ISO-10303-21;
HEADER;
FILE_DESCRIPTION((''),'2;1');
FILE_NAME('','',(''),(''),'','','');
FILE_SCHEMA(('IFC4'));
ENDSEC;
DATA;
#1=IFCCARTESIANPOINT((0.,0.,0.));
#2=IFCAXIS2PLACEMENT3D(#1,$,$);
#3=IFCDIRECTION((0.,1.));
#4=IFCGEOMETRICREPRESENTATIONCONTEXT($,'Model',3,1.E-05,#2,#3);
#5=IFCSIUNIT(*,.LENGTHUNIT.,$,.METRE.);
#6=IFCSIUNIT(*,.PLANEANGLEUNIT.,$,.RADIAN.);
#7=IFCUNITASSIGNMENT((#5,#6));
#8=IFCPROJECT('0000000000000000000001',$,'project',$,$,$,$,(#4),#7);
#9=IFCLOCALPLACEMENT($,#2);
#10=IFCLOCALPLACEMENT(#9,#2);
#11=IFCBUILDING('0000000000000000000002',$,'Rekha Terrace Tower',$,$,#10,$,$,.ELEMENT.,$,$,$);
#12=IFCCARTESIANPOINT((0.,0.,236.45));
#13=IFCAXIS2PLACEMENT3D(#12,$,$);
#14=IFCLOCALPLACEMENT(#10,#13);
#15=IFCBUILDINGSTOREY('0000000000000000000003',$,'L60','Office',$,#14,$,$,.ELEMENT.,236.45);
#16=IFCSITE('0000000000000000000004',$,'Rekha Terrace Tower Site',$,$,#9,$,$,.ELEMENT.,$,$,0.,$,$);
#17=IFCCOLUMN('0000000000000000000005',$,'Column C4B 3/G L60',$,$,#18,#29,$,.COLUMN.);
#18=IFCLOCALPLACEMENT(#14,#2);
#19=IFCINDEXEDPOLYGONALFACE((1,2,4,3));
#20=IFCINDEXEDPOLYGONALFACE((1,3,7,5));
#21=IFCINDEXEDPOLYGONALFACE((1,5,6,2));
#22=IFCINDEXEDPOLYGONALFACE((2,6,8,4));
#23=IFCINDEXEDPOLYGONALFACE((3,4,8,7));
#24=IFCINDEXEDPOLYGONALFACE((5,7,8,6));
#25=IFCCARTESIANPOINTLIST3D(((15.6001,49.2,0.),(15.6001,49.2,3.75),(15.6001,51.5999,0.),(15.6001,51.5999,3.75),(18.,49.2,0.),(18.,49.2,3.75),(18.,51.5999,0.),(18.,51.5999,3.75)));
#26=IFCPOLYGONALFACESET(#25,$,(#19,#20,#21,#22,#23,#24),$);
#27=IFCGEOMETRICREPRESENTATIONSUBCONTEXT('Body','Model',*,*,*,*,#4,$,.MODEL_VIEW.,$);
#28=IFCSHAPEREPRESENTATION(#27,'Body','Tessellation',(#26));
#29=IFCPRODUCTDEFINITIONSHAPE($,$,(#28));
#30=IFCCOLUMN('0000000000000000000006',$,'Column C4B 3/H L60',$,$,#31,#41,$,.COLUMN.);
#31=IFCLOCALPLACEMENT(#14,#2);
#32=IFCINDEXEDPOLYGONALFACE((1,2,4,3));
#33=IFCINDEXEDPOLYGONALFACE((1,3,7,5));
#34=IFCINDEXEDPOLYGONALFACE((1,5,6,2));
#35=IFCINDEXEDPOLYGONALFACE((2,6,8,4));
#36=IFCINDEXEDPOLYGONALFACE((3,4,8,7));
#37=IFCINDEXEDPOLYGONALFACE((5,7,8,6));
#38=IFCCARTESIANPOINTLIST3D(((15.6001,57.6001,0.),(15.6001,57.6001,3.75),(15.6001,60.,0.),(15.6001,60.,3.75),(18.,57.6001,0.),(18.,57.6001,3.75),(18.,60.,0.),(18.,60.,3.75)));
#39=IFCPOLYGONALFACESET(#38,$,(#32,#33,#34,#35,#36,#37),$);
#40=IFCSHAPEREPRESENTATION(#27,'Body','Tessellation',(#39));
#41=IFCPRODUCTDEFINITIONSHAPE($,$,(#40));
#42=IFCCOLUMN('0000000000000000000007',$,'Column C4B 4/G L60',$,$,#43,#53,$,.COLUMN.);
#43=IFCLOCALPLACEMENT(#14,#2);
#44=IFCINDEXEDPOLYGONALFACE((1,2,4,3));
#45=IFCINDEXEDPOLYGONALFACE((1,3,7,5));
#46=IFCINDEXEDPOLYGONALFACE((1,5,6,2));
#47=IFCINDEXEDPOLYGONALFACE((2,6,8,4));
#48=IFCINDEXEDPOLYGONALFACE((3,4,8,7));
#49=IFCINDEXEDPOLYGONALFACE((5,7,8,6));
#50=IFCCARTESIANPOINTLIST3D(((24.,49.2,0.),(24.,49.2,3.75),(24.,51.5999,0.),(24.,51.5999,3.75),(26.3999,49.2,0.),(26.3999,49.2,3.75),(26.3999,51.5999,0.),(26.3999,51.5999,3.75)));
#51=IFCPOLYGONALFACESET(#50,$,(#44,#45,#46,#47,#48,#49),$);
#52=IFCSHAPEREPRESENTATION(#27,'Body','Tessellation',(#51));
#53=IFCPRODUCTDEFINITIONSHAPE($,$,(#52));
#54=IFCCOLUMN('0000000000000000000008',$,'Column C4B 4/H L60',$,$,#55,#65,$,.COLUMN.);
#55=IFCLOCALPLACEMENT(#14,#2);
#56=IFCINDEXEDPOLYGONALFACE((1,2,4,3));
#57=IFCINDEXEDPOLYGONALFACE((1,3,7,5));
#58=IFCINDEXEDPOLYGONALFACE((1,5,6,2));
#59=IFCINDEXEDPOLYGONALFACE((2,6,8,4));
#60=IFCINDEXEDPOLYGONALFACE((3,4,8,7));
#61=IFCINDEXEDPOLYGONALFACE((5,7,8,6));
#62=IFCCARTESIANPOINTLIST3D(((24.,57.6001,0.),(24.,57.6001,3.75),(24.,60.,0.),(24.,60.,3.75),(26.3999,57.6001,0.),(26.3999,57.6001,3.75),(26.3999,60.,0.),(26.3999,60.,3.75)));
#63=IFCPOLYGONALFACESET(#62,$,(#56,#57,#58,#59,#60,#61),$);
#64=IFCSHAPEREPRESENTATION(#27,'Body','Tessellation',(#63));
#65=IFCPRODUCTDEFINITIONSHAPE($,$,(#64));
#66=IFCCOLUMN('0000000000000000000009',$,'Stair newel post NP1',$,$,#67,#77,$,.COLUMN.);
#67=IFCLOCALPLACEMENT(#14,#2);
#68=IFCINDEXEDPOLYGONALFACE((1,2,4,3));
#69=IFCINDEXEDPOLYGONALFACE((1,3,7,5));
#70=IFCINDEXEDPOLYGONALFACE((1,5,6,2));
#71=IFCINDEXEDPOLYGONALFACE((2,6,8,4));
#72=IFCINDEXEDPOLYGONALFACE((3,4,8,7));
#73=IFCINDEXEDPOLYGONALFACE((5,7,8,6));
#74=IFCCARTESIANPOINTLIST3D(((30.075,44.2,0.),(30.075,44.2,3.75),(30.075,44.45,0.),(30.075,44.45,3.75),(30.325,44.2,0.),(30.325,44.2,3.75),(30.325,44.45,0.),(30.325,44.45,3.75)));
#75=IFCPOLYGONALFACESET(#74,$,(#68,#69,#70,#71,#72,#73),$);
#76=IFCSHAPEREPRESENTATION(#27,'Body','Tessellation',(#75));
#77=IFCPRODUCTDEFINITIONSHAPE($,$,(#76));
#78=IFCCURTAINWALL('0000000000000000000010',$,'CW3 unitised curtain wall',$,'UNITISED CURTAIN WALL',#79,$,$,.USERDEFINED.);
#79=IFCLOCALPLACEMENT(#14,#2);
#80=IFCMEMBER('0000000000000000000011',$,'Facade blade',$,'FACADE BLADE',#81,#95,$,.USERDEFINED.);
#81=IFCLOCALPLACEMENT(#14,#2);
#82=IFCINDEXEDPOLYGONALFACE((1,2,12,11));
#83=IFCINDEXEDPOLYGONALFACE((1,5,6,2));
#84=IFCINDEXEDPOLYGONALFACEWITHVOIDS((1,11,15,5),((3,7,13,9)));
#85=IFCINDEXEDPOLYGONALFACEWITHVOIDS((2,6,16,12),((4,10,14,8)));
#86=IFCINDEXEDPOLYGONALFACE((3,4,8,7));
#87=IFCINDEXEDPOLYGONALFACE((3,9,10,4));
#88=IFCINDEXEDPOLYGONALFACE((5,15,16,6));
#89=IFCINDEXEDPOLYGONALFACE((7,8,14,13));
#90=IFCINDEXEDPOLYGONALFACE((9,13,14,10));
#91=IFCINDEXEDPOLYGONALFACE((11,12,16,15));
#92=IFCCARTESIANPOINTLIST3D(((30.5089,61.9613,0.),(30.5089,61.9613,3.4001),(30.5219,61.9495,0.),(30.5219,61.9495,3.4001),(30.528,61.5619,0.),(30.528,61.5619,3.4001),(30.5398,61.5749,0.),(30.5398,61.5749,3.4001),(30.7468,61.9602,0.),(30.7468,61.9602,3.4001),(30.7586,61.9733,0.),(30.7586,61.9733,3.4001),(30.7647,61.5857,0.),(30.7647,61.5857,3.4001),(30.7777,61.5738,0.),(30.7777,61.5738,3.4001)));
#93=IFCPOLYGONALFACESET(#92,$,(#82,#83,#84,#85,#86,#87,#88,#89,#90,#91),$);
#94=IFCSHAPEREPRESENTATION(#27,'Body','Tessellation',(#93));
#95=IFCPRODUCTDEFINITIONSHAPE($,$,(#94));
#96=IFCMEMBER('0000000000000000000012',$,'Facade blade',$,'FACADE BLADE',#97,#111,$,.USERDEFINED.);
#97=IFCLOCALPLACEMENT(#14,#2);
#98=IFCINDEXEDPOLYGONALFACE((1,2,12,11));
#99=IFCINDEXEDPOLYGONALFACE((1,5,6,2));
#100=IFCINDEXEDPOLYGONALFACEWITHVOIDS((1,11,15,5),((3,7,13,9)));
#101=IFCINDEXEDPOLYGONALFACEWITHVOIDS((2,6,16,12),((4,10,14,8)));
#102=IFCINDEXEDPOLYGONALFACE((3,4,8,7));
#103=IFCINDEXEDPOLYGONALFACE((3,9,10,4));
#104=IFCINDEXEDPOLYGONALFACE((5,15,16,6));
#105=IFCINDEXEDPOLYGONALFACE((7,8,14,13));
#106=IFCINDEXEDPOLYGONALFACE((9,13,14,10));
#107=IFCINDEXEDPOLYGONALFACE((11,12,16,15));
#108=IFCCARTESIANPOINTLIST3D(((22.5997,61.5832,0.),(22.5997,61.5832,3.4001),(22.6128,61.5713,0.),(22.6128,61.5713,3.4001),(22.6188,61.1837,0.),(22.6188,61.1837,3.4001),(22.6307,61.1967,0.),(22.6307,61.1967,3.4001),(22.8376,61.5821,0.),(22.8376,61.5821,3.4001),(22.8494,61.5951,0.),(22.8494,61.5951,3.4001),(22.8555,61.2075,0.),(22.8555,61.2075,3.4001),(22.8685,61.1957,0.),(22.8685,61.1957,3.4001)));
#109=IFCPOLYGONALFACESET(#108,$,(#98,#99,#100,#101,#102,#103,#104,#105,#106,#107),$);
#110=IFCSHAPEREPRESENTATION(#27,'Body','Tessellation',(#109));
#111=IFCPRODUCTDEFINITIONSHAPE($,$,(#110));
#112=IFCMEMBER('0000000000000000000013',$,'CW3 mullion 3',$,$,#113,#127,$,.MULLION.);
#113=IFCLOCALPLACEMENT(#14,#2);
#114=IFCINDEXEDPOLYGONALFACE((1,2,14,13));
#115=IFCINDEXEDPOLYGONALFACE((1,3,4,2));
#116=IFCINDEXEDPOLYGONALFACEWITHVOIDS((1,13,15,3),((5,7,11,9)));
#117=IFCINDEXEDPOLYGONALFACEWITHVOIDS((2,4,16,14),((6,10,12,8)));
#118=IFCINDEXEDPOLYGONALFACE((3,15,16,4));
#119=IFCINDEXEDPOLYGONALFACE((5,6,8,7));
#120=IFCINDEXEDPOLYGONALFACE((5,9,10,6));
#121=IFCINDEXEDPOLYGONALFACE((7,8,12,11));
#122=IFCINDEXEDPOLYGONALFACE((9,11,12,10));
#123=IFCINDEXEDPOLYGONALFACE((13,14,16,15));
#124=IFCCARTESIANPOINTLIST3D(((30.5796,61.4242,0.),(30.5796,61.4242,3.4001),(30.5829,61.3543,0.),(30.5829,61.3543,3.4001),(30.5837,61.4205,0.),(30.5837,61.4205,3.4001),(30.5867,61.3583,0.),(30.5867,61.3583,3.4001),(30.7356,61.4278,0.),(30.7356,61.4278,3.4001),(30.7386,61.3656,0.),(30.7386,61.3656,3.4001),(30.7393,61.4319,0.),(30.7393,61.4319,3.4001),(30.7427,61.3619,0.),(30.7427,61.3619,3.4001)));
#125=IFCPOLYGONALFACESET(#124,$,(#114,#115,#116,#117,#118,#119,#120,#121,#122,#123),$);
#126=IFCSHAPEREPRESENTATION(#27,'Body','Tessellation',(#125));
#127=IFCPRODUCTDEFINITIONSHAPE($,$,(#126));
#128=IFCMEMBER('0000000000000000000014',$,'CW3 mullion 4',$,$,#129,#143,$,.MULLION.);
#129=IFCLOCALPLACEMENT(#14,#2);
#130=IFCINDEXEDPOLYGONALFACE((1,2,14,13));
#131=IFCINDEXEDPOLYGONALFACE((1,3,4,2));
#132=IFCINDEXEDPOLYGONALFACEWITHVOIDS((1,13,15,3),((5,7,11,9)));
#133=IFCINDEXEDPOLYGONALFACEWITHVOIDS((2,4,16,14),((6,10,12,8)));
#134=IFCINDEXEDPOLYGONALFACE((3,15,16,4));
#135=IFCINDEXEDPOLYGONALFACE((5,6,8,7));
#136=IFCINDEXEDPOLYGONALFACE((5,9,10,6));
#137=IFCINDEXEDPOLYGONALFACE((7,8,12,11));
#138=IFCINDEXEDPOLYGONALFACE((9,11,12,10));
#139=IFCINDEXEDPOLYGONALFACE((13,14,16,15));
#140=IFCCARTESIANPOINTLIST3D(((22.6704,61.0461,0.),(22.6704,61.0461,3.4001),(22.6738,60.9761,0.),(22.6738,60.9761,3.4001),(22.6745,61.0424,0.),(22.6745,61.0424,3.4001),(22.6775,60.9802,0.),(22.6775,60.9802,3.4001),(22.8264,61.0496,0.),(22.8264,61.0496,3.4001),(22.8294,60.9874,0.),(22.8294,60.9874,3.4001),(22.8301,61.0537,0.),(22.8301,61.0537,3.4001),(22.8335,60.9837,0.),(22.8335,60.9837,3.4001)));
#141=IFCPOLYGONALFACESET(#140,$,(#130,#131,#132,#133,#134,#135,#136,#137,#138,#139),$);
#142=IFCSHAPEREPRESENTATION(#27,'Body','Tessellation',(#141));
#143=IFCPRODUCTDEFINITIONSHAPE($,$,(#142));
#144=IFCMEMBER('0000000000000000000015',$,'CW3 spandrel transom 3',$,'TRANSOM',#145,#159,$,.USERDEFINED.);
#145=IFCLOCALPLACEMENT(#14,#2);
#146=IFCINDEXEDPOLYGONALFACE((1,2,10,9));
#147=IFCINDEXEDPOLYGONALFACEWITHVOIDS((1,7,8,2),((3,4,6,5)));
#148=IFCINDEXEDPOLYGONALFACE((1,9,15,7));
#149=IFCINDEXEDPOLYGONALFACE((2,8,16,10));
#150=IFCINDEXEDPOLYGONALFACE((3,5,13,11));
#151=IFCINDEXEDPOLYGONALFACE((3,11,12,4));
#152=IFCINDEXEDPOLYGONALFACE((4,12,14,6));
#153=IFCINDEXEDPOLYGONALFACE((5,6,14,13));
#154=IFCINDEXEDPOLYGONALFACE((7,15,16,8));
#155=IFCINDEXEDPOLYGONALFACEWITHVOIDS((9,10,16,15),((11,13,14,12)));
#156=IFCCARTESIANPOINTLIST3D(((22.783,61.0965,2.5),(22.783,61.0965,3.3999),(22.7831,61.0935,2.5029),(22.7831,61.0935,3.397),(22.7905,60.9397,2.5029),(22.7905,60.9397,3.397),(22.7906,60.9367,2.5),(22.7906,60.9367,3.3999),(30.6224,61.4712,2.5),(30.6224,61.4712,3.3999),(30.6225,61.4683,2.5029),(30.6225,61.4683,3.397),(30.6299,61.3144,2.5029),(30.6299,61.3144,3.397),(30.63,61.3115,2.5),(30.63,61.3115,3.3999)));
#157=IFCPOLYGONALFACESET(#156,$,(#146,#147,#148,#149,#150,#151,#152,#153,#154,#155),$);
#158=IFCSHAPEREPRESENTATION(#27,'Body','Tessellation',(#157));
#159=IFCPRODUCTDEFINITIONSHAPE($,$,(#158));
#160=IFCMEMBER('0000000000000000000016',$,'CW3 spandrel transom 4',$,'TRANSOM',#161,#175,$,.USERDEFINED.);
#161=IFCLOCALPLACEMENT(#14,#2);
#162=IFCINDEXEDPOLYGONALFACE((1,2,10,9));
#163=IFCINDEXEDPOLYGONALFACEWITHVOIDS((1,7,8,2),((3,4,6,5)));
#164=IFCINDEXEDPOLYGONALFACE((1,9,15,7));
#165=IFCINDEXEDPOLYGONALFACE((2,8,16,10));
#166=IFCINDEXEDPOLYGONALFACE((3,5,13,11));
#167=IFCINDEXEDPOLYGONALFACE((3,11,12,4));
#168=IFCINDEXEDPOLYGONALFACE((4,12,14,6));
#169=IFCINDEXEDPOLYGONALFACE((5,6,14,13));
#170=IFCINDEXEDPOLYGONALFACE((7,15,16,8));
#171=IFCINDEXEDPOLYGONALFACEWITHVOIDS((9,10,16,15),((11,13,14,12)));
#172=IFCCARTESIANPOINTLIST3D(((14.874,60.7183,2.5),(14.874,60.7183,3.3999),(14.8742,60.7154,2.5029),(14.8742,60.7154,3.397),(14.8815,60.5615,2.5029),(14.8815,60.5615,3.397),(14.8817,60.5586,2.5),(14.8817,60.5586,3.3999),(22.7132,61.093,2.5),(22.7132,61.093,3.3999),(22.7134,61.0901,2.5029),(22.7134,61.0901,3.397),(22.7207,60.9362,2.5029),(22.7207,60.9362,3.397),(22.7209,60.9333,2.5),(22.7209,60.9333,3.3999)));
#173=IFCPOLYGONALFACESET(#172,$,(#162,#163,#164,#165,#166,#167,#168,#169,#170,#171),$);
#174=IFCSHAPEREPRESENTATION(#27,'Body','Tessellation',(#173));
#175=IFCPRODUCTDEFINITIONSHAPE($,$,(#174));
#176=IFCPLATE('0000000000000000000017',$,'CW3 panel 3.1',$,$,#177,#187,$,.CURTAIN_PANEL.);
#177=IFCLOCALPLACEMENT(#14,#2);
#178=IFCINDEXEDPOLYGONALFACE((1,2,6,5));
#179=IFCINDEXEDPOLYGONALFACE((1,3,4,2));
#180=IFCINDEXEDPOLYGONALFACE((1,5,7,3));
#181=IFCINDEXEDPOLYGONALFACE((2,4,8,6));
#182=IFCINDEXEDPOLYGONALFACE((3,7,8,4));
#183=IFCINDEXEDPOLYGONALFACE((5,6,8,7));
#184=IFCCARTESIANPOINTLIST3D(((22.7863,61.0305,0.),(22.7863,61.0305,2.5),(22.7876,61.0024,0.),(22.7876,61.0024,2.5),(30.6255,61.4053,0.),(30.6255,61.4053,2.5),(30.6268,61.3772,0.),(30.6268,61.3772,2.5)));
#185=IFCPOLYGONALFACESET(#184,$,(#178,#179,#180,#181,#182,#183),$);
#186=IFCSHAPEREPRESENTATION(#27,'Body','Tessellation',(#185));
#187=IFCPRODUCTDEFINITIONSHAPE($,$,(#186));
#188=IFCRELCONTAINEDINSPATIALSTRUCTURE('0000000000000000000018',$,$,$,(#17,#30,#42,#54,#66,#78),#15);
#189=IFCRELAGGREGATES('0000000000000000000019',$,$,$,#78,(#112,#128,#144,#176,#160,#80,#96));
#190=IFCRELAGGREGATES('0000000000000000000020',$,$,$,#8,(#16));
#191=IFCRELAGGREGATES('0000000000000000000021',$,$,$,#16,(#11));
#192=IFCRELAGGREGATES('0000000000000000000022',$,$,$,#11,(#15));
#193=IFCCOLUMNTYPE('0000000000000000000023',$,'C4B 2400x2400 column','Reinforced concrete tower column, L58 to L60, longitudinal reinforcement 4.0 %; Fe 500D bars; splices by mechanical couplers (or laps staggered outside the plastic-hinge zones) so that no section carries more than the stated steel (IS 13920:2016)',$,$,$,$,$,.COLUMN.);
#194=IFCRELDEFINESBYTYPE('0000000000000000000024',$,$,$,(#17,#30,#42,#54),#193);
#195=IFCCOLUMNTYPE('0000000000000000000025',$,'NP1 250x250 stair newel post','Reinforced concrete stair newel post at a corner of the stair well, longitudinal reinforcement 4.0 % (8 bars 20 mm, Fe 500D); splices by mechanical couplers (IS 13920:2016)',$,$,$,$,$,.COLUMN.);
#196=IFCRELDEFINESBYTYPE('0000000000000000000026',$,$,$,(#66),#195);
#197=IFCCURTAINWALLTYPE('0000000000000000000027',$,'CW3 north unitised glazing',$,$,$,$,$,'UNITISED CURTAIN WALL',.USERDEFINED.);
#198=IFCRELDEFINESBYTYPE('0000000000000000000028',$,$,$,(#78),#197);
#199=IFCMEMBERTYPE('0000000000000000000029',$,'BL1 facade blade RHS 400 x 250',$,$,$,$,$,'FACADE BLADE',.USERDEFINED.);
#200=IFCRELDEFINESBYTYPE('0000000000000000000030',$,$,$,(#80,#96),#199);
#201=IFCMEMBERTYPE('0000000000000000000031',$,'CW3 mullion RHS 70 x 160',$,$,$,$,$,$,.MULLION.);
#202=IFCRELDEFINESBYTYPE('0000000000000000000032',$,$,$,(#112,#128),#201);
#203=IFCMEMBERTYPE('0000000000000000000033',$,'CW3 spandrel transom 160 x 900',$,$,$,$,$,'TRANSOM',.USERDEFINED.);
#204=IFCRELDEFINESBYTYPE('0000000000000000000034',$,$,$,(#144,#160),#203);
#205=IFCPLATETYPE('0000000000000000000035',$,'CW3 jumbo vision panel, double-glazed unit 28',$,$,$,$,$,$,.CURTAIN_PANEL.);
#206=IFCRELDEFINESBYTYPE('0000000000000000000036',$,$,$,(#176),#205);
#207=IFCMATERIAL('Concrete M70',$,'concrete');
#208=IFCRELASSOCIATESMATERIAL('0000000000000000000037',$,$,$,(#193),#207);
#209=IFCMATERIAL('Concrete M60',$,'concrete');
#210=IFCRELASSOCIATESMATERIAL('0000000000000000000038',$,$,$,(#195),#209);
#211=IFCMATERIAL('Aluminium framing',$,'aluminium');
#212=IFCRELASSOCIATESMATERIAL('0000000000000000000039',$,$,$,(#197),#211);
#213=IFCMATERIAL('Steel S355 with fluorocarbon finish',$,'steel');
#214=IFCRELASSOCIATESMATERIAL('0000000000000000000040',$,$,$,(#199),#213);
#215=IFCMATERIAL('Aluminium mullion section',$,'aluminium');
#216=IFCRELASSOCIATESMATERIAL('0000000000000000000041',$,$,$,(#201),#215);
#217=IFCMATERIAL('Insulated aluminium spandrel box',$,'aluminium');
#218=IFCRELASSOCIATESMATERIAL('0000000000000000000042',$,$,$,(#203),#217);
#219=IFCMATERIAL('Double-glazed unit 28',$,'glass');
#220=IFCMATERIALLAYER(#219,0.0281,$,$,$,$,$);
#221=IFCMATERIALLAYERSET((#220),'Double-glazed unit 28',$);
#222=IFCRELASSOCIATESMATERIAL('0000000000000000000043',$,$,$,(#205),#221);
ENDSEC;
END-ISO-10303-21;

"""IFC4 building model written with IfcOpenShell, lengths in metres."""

from ifc_helpers import new_model, si_unit, direction, frame, origin, origin_2d, place, context, subcontext, project, spatial, rectangle, hollow_rectangle, extrude, material, layer, layer_set, material_profile, profile_set, type_object, element, aggregate, save


model = new_model("IFC4")

# Units and contexts
model_context = context("Model", 3, precision=1e-05, world=origin(), true_north=direction((0.0, 1.0)))
body_context = subcontext(model_context, "Body", "Model", "MODEL_VIEW")
ifc_project = project(units=[si_unit("LENGTHUNIT", "METRE"), si_unit("PLANEANGLEUNIT", "RADIAN")], contexts=[model_context])

# Site, building, storey
site_placement = place(None, origin())
site = spatial("IfcSite", under=ifc_project, at=site_placement, Name="Rekha Terrace Tower Site", CompositionType="ELEMENT", RefElevation=0.0)
building_placement = place(site_placement, origin())
building = spatial("IfcBuilding", under=site, at=building_placement, Name="Rekha Terrace Tower", CompositionType="ELEMENT")
storey_placement = place(building_placement, frame((0.0, 0.0, 236.45)))
storey = spatial("IfcBuildingStorey", under=building, at=storey_placement, Name="L60", Description="Office", CompositionType="ELEMENT", Elevation=236.45)

# Columns
ifc_material_1 = material(Name="Concrete M70", Category="concrete")
ifc_material_profile_1 = material_profile(ifc_material_1, rectangle(XDim=2.3999, YDim=2.3999, at=origin_2d()), Name="RC 2400x2400")
ifc_profile_set_1 = profile_set([ifc_material_profile_1], Name="Concrete M70")
column_type_1 = type_object("IfcColumnType", Name="C4B 2400x2400 column", Description="Reinforced concrete tower column, L58 to L60, longitudinal reinforcement 4.0 %; Fe 500D bars; splices by mechanical couplers (or laps staggered outside the plastic-hinge zones) so that no section carries more than the stated steel (IS 13920:2016)", PredefinedType="COLUMN", material=ifc_profile_set_1)
for number, where, z_axis, x_axis, name in (
    (1, (16.8, 50.3999, 0.0), (0.0, 0.0, 1.0), (1.0, 0.0, 0.0), "Column C4B 3/G L60"),
    (2, (16.8, 58.8, 0.0), (0.0, 0.0, 1.0), (1.0, 0.0, 0.0), "Column C4B 3/H L60"),
    (3, (25.2, 50.3999, 0.0), (0.0, 0.0, 1.0), (1.0, 0.0, 0.0), "Column C4B 4/G L60"),
    (4, (25.2, 58.8, 0.0), (0.0, 0.0, 1.0), (1.0, 0.0, 0.0), "Column C4B 4/H L60"),
):
    element("IfcColumn", number, at=place(storey_placement, frame(where, z_axis=z_axis, x_axis=x_axis)), inside=storey, type_object=column_type_1, Name=name, PredefinedType="COLUMN", context=body_context, shape_type="SweptSolid", body=[
        extrude(rectangle(XDim=2.3999, YDim=2.3999, at=origin_2d()), origin(), (0.0, 0.0, 1.0), 3.75),
    ])
ifc_material_2 = material(Name="Concrete M60", Category="concrete")
ifc_material_profile_2 = material_profile(ifc_material_2, rectangle(XDim=0.25, YDim=0.25, at=origin_2d()), Name="RC 250x250")
ifc_profile_set_2 = profile_set([ifc_material_profile_2], Name="Concrete M60")
column_type_2 = type_object("IfcColumnType", Name="NP1 250x250 stair newel post", Description="Reinforced concrete stair newel post at a corner of the stair well, longitudinal reinforcement 4.0 % (8 bars 20 mm, Fe 500D); splices by mechanical couplers (IS 13920:2016)", PredefinedType="COLUMN", material=ifc_profile_set_2)
column_placement = place(storey_placement, frame((30.2, 44.325, 0.0), z_axis=(0.0, 0.0, 1.0), x_axis=(1.0, 0.0, 0.0)))
element("IfcColumn", 5, at=column_placement, inside=storey, type_object=column_type_2, Name="Stair newel post NP1", PredefinedType="COLUMN", context=body_context, shape_type="SweptSolid", body=[
    extrude(rectangle(XDim=0.25, YDim=0.25, at=origin_2d()), origin(), (0.0, 0.0, 1.0), 3.75),
])

# Curtain wall, members, plate
ifc_material_3 = material(Name="Aluminium framing", Category="aluminium")
curtain_wall_type = type_object("IfcCurtainWallType", Name="CW3 north unitised glazing", ElementType="UNITISED CURTAIN WALL", PredefinedType="USERDEFINED", material=ifc_material_3)
curtain_wall_placement = place(storey_placement, origin())
curtain_wall = element("IfcCurtainWall", 6, at=curtain_wall_placement, inside=storey, type_object=curtain_wall_type, Name="CW3 unitised curtain wall", ObjectType="UNITISED CURTAIN WALL", PredefinedType="USERDEFINED")
ifc_material_4 = material(Name="Steel S355 with fluorocarbon finish", Category="steel")
ifc_material_profile_3 = material_profile(ifc_material_4, hollow_rectangle(XDim=0.25, YDim=0.3999, WallThickness=0.0125, at=origin_2d()), Name="RHS400x250x12.5")
ifc_profile_set_3 = profile_set([ifc_material_profile_3], Name="Steel S355 with fluorocarbon finish")
member_type_1 = type_object("IfcMemberType", Name="BL1 facade blade RHS 400 x 250", ElementType="FACADE BLADE", PredefinedType="USERDEFINED", material=ifc_profile_set_3)
member_1_placement = place(storey_placement, frame((30.6433, 61.7676, 0.0), z_axis=(0.0, 0.0, 1.0), x_axis=(-0.998859, -0.047758, 0.0)))
member_1 = element("IfcMember", 7, at=member_1_placement, type_object=member_type_1, Name="Facade blade", ObjectType="FACADE BLADE", PredefinedType="USERDEFINED", context=body_context, shape_type="SweptSolid", body=[
    extrude(hollow_rectangle(XDim=0.25, YDim=0.3999, WallThickness=0.0125, at=origin_2d()), origin(), (0.0, 0.0, 1.0), 3.4001),
])
member_2_placement = place(storey_placement, frame((22.7341, 61.3894, 0.0), z_axis=(0.0, 0.0, 1.0), x_axis=(-0.998859, -0.047758, 0.0)))
member_2 = element("IfcMember", 8, at=member_2_placement, type_object=member_type_1, Name="Facade blade", ObjectType="FACADE BLADE", PredefinedType="USERDEFINED", context=body_context, shape_type="SweptSolid", body=[
    extrude(hollow_rectangle(XDim=0.25, YDim=0.3999, WallThickness=0.0125, at=origin_2d()), origin(), (0.0, 0.0, 1.0), 3.4001),
])
ifc_material_5 = material(Name="Aluminium mullion section", Category="aluminium")
ifc_material_profile_4 = material_profile(ifc_material_5, hollow_rectangle(XDim=0.0701, YDim=0.1599, WallThickness=0.0039, at=origin_2d()), Name="AL RHS 70x160")
ifc_profile_set_4 = profile_set([ifc_material_profile_4], Name="Aluminium mullion section")
member_type_2 = type_object("IfcMemberType", Name="CW3 mullion RHS 70 x 160", PredefinedType="MULLION", material=ifc_profile_set_4)
member_3_placement = place(storey_placement, frame((30.6611, 61.3931, 0.0), z_axis=(0.0, 0.0, 1.0), x_axis=(0.047759, -0.998859, 0.0)))
member_3 = element("IfcMember", 9, at=member_3_placement, type_object=member_type_2, Name="CW3 mullion 3", PredefinedType="MULLION", context=body_context, shape_type="SweptSolid", body=[
    extrude(hollow_rectangle(XDim=0.0701, YDim=0.1599, WallThickness=0.0039, at=origin_2d()), origin(), (0.0, 0.0, 1.0), 3.4001),
])
member_4_placement = place(storey_placement, frame((22.752, 61.0149, 0.0), z_axis=(0.0, 0.0, 1.0), x_axis=(0.047759, -0.998859, 0.0)))
member_4 = element("IfcMember", 10, at=member_4_placement, type_object=member_type_2, Name="CW3 mullion 4", PredefinedType="MULLION", context=body_context, shape_type="SweptSolid", body=[
    extrude(hollow_rectangle(XDim=0.0701, YDim=0.1599, WallThickness=0.0039, at=origin_2d()), origin(), (0.0, 0.0, 1.0), 3.4001),
])
ifc_material_6 = material(Name="Insulated aluminium spandrel box", Category="aluminium")
ifc_material_profile_5 = material_profile(ifc_material_6, hollow_rectangle(XDim=0.1599, YDim=0.8999, WallThickness=0.0029, at=origin_2d()), Name="AL SPANDREL BOX 160x900")
ifc_profile_set_5 = profile_set([ifc_material_profile_5], Name="Insulated aluminium spandrel box")
member_type_3 = type_object("IfcMemberType", Name="CW3 spandrel transom 160 x 900", ElementType="TRANSOM", PredefinedType="USERDEFINED", material=ifc_profile_set_5)
member_5_placement = place(storey_placement, frame((30.6262, 61.3914, 2.95), z_axis=(-0.998859, -0.04775, 0.0), x_axis=(0.04775, -0.998859, 0.0)))
member_5 = element("IfcMember", 11, at=member_5_placement, type_object=member_type_3, Name="CW3 spandrel transom 3", ObjectType="TRANSOM", PredefinedType="USERDEFINED", context=body_context, shape_type="SweptSolid", body=[
    extrude(hollow_rectangle(XDim=0.1599, YDim=0.8999, WallThickness=0.0029, at=origin_2d()), origin(), (0.0, 0.0, 1.0), 7.8484),
])
member_6_placement = place(storey_placement, frame((22.717, 61.0132, 2.95), z_axis=(-0.998859, -0.047751, 0.0), x_axis=(0.047751, -0.998859, 0.0)))
member_6 = element("IfcMember", 12, at=member_6_placement, type_object=member_type_3, Name="CW3 spandrel transom 4", ObjectType="TRANSOM", PredefinedType="USERDEFINED", context=body_context, shape_type="SweptSolid", body=[
    extrude(hollow_rectangle(XDim=0.1599, YDim=0.8999, WallThickness=0.0029, at=origin_2d()), origin(), (0.0, 0.0, 1.0), 7.8481),
])
ifc_material_7 = material(Name="Double-glazed unit 28", Category="glass")
ifc_layer_1 = layer(ifc_material_7, 0.0281)
ifc_layer_set_1 = layer_set([ifc_layer_1], Name="Double-glazed unit 28")
plate_type = type_object("IfcPlateType", Name="CW3 jumbo vision panel, double-glazed unit 28", PredefinedType="CURTAIN_PANEL", material=ifc_layer_set_1)
plate_1_placement = place(storey_placement, frame((26.7065, 61.2039, 0.0), z_axis=(0.0, 0.0, 1.0), x_axis=(-0.998859, -0.047759, 0.0)))
plate_1 = element("IfcPlate", 13, at=plate_1_placement, type_object=plate_type, Name="CW3 panel 3.1", PredefinedType="CURTAIN_PANEL", context=body_context, shape_type="SweptSolid", body=[
    extrude(rectangle(XDim=7.8481, YDim=0.0281, at=origin_2d()), origin(), (0.0, 0.0, 1.0), 2.5),
])
aggregate(curtain_wall, [member_3, member_4, member_5, plate_1, member_6, member_1, member_2])

save(model, "model.ifc")
